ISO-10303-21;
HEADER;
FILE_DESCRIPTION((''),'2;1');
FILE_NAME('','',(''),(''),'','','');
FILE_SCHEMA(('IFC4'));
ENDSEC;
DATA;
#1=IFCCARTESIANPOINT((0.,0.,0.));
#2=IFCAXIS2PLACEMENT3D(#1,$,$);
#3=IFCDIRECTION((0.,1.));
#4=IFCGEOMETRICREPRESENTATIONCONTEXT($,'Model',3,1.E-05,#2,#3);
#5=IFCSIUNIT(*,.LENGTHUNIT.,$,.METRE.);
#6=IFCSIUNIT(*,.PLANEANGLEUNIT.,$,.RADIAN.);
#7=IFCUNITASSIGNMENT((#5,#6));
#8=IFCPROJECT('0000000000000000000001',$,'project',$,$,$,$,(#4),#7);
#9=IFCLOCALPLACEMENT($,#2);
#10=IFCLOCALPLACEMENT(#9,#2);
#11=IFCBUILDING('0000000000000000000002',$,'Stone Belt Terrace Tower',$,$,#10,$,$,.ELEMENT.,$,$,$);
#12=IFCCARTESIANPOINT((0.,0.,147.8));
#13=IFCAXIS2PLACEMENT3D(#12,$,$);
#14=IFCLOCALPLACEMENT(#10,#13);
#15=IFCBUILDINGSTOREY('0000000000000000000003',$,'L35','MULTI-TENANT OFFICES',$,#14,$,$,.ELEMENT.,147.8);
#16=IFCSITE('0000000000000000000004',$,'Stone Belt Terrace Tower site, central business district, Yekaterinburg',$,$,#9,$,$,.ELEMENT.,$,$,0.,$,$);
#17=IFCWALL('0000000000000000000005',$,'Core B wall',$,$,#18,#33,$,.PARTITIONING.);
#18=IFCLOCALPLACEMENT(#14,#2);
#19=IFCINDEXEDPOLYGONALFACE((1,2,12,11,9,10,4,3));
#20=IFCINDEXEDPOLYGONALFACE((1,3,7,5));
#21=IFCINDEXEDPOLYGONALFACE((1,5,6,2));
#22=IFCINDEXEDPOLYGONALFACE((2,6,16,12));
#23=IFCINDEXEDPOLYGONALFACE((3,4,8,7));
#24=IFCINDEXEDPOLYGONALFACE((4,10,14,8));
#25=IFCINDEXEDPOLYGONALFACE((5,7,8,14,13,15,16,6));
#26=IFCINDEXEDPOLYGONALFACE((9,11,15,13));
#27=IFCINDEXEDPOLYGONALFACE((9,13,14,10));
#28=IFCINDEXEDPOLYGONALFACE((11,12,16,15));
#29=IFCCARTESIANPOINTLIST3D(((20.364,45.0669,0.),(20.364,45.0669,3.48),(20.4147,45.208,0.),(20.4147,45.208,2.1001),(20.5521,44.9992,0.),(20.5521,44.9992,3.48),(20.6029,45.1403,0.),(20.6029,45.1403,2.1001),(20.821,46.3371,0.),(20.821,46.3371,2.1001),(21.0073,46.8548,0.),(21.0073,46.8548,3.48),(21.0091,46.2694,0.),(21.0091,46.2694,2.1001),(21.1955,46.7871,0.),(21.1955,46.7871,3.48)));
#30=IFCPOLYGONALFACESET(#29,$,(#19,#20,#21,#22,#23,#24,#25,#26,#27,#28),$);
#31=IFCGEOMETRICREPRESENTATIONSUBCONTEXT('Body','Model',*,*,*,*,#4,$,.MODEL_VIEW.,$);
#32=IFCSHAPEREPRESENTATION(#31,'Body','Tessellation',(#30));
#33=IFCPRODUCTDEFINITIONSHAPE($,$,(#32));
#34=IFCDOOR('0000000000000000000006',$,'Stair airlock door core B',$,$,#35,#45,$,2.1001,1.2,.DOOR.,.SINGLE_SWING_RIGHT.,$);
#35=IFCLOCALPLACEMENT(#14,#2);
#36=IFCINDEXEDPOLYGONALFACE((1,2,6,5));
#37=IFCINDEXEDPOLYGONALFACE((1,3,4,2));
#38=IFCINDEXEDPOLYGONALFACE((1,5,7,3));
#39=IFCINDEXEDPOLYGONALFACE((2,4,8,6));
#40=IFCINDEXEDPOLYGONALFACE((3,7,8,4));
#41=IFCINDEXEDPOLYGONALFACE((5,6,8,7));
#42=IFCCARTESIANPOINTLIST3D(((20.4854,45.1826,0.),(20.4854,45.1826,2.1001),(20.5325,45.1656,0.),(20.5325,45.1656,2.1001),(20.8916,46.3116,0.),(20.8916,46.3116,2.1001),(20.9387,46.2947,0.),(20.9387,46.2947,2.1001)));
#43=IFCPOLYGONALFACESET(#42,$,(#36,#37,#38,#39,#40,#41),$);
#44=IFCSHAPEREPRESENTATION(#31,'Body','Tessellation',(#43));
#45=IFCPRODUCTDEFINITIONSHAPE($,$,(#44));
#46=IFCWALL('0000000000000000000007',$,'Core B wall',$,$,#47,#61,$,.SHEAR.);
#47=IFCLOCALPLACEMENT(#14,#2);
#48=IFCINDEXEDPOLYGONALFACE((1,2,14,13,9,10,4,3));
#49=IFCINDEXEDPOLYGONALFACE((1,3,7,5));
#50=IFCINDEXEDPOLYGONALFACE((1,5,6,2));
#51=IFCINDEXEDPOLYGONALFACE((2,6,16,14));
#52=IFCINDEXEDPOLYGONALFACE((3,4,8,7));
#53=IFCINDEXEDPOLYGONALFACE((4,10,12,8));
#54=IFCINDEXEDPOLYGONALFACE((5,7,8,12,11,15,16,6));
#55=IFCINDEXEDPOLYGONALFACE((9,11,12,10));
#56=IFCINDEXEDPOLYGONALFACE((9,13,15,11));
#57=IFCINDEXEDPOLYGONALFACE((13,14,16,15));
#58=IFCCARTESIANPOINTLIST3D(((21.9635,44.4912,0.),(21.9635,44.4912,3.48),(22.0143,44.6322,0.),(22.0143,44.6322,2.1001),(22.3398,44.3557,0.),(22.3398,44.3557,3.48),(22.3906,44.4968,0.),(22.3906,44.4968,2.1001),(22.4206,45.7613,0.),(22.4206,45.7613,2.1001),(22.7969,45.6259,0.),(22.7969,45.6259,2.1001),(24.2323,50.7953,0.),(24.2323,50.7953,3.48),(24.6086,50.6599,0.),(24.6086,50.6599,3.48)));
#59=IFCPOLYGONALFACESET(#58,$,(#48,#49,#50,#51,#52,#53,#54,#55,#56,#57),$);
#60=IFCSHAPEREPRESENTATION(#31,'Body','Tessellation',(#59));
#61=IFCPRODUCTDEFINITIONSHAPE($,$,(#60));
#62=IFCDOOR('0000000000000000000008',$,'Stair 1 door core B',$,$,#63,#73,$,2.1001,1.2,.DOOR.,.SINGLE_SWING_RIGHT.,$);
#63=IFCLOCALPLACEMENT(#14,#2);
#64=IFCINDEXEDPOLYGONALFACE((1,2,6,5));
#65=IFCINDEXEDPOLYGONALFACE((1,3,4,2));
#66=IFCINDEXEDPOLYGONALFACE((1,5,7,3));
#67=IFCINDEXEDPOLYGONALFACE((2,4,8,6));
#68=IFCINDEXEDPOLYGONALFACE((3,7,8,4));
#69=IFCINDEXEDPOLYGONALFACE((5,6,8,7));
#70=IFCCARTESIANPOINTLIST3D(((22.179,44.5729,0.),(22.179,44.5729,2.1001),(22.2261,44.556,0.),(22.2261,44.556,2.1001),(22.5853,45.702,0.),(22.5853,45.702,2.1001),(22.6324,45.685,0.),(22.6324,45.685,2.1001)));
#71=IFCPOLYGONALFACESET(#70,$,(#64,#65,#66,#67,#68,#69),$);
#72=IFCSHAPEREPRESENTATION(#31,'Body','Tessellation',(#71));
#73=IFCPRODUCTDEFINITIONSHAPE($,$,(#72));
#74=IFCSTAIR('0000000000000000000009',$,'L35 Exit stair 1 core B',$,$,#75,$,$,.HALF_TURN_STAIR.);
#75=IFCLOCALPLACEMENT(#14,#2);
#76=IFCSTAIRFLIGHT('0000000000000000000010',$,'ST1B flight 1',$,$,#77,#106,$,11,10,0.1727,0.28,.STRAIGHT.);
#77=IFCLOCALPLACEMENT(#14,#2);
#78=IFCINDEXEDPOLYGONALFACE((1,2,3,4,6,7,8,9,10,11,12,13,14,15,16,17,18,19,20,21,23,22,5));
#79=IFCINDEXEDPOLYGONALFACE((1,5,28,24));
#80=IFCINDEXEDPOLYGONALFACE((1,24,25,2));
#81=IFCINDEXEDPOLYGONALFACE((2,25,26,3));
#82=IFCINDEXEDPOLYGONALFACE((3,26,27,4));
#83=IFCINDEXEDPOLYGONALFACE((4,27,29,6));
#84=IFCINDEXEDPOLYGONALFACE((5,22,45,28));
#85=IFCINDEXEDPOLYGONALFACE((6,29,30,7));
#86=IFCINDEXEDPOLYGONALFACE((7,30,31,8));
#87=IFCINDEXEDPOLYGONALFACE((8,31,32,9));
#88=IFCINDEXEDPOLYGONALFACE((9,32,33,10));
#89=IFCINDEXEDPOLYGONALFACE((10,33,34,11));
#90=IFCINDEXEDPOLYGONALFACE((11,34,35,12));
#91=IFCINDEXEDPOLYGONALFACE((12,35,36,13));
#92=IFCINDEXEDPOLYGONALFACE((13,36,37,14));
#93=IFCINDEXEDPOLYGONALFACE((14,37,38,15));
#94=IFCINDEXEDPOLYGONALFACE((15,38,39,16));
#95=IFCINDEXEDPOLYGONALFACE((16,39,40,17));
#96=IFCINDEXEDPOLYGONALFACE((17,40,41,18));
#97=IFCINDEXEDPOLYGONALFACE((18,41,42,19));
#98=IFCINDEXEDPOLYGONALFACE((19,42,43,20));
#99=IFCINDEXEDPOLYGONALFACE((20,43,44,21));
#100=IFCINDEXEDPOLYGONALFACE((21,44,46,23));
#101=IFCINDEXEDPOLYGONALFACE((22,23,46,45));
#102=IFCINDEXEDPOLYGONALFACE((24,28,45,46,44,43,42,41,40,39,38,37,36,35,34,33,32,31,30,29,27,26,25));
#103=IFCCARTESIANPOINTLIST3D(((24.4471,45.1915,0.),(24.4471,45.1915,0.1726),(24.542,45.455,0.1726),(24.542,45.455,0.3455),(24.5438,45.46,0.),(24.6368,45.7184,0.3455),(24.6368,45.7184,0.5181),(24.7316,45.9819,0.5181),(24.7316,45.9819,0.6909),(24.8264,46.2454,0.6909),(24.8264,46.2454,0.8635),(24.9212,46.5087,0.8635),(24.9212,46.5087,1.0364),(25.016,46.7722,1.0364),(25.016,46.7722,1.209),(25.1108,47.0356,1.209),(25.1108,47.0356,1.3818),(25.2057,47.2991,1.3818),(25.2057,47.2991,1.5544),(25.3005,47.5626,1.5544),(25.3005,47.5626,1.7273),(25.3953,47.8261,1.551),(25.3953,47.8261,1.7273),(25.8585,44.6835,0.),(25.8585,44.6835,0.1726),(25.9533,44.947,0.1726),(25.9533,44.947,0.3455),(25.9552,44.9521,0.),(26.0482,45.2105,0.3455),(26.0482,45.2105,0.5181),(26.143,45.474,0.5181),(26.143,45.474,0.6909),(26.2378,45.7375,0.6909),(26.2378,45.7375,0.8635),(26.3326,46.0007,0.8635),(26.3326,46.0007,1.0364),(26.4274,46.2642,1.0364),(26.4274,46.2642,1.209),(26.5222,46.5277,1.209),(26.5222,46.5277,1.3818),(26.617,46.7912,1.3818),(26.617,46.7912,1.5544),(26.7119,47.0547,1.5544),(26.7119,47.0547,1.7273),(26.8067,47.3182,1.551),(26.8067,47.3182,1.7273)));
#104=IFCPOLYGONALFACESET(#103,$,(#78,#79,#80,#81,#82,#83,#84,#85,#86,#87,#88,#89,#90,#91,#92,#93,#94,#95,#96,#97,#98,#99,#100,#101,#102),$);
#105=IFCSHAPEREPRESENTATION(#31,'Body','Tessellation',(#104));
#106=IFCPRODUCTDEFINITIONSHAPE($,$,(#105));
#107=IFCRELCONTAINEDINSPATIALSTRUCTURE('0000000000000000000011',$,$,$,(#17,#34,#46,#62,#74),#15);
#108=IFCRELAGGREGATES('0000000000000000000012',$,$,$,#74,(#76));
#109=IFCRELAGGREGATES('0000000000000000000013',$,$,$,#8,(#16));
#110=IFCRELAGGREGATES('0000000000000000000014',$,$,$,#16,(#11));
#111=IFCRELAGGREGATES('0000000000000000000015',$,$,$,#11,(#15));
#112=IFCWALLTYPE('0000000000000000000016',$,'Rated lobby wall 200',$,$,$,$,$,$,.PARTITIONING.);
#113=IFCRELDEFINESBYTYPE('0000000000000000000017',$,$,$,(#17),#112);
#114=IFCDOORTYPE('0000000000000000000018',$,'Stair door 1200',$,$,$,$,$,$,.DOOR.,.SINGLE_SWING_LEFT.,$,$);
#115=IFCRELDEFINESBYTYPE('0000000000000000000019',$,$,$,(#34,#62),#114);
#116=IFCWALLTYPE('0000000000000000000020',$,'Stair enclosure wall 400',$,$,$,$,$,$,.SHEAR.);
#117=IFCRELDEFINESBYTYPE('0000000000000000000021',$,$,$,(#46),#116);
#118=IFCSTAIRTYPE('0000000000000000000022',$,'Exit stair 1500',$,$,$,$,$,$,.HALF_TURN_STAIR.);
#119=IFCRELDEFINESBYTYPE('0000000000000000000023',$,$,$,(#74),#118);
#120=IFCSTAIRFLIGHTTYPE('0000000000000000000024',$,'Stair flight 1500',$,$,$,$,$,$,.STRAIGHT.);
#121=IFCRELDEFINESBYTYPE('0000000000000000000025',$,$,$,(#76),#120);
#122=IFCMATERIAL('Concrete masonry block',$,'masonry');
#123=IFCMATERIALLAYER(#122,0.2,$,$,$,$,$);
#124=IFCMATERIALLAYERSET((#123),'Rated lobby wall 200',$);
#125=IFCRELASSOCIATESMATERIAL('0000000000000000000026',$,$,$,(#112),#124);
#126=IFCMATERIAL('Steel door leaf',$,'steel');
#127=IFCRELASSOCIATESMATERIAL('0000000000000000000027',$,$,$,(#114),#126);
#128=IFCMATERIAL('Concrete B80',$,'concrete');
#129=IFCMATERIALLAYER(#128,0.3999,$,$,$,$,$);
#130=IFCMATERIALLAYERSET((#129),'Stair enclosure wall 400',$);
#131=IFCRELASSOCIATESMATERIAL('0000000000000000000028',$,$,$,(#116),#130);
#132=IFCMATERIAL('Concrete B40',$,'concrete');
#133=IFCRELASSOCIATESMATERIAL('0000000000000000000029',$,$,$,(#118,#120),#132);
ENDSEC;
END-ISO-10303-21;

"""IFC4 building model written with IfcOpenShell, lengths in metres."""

from ifc_helpers import new_model, si_unit, direction, frame, frame_2d, origin, place, context, subcontext, project, spatial, polyline, rectangle, outline, extrude, material, layer, layer_set, type_object, element, fill, aggregate, save


model = new_model("IFC4")

# Units and contexts
model_context = context("Model", 3, precision=1e-05, world=origin(), true_north=direction((0.0, 1.0)))
body_context = subcontext(model_context, "Body", "Model", "MODEL_VIEW")
ifc_project = project(units=[si_unit("LENGTHUNIT", "METRE"), si_unit("PLANEANGLEUNIT", "RADIAN")], contexts=[model_context])

# Site, building, storey
site_placement = place(None, origin())
site = spatial("IfcSite", under=ifc_project, at=site_placement, Name="Stone Belt Terrace Tower site, central business district, Yekaterinburg", CompositionType="ELEMENT", RefElevation=0.0)
building_placement = place(site_placement, origin())
building = spatial("IfcBuilding", under=site, at=building_placement, Name="Stone Belt Terrace Tower", CompositionType="ELEMENT")
storey_placement = place(building_placement, frame((0.0, 0.0, 147.8)))
storey = spatial("IfcBuildingStorey", under=building, at=storey_placement, Name="L35", Description="MULTI-TENANT OFFICES", CompositionType="ELEMENT", Elevation=147.8)

# Shared definitions
ifc_material_1 = material(Name="Concrete B80", Category="concrete")

# Walls, openings, doors
ifc_material_2 = material(Name="Concrete masonry block", Category="masonry")
ifc_layer_1 = layer(ifc_material_2, 0.2)
ifc_layer_set_1 = layer_set([ifc_layer_1], Name="Rated lobby wall 200")
wall_type_1 = type_object("IfcWallType", Name="Rated lobby wall 200", PredefinedType="PARTITIONING", material=ifc_layer_set_1)
wall_1_placement = place(storey_placement, frame((20.458, 45.033, 0.0), z_axis=(0.0, 0.0, 1.0), x_axis=(0.338574, 0.94094, 0.0)))
wall_1 = element("IfcWall", 1, at=wall_1_placement, inside=storey, type_object=wall_type_1, Name="Core B wall", PredefinedType="PARTITIONING", context=body_context, shape_type="SweptSolid", body=[
    extrude(rectangle(XDim=1.9001, YDim=0.2, at=frame_2d((0.9502, 0.0))), origin(), (0.0, 0.0, 1.0), 3.48),
])
opening_1_placement = place(wall_1_placement, frame((0.1499, 0.0, 0.0)))
opening_1 = element("IfcOpeningElement", 2, at=opening_1_placement, cuts=wall_1, PredefinedType="OPENING", context=body_context, shape_type="SweptSolid", body=[
    extrude(rectangle(XDim=1.2, YDim=2.1001, at=frame_2d((0.6001, 1.05))), frame((0.0, 0.1099, 0.0), z_axis=(0.0, -1.0, 0.0), x_axis=(1.0, 0.0, 0.0)), (0.0, 0.0, 1.0), 0.22),
])
ifc_material_3 = material(Name="Steel door leaf", Category="steel")
door_type_1 = type_object("IfcDoorType", Name="Stair door 1200", OperationType="SINGLE_SWING_LEFT", PredefinedType="DOOR", material=ifc_material_3)
door_1_placement = place(opening_1_placement, origin())
door_1 = element("IfcDoor", 3, at=door_1_placement, inside=storey, type_object=door_type_1, Name="Stair airlock door core B", OperationType="SINGLE_SWING_RIGHT", OverallHeight=2.1001, OverallWidth=1.2, PredefinedType="DOOR", context=body_context, shape_type="SweptSolid", body=[
    extrude(rectangle(XDim=1.2, YDim=2.1001, at=frame_2d((0.6001, 1.05))), frame((0.0, 0.0249, 0.0), z_axis=(0.0, -1.0, 0.0), x_axis=(1.0, 0.0, 0.0)), (0.0, 0.0, 1.0), 0.05),
])
fill(opening_1, door_1)
ifc_layer_2 = layer(ifc_material_1, 0.3999)
ifc_layer_set_2 = layer_set([ifc_layer_2], Name="Stair enclosure wall 400")
wall_type_2 = type_object("IfcWallType", Name="Stair enclosure wall 400", PredefinedType="SHEAR", material=ifc_layer_set_2)
wall_2_placement = place(storey_placement, frame((22.1516, 44.4233, 0.0), z_axis=(0.0, 0.0, 1.0), x_axis=(0.338625, 0.940921, 0.0)))
wall_2 = element("IfcWall", 4, at=wall_2_placement, inside=storey, type_object=wall_type_2, Name="Core B wall", PredefinedType="SHEAR", context=body_context, shape_type="SweptSolid", body=[
    extrude(rectangle(XDim=6.7, YDim=0.3999, at=frame_2d((3.3501, 0.0))), origin(), (0.0, 0.0, 1.0), 3.48),
])
opening_2_placement = place(wall_2_placement, frame((0.1499, 0.0, 0.0)))
opening_2 = element("IfcOpeningElement", 5, at=opening_2_placement, cuts=wall_2, PredefinedType="OPENING", context=body_context, shape_type="SweptSolid", body=[
    extrude(rectangle(XDim=1.2, YDim=2.1001, at=frame_2d((0.6001, 1.05))), frame((0.0, 0.21, 0.0), z_axis=(0.0, -1.0, 0.0), x_axis=(1.0, 0.0, 0.0)), (0.0, 0.0, 1.0), 0.4199),
])
door_2_placement = place(opening_2_placement, origin())
door_2 = element("IfcDoor", 6, at=door_2_placement, inside=storey, type_object=door_type_1, Name="Stair 1 door core B", OperationType="SINGLE_SWING_RIGHT", OverallHeight=2.1001, OverallWidth=1.2, PredefinedType="DOOR", context=body_context, shape_type="SweptSolid", body=[
    extrude(rectangle(XDim=1.2, YDim=2.1001, at=frame_2d((0.6001, 1.05))), frame((0.0, 0.0249, 0.0), z_axis=(0.0, -1.0, 0.0), x_axis=(1.0, 0.0, 0.0)), (0.0, 0.0, 1.0), 0.05),
])
fill(opening_2, door_2)

# Stair, stair flight
ifc_material_4 = material(Name="Concrete B40", Category="concrete")
stair_type = type_object("IfcStairType", Name="Exit stair 1500", PredefinedType="HALF_TURN_STAIR", material=ifc_material_4)
stair_placement = place(storey_placement, origin())
stair = element("IfcStair", 7, at=stair_placement, inside=storey, type_object=stair_type, Name="L35 Exit stair 1 core B", PredefinedType="HALF_TURN_STAIR")
stair_flight_type = type_object("IfcStairFlightType", Name="Stair flight 1500", PredefinedType="STRAIGHT", material=ifc_material_4)
stair_flight_placement = place(storey_placement, frame((25.1528, 44.9375, 0.0), z_axis=(0.0, 0.0, 1.0), x_axis=(0.338624, 0.940922, 0.0)))
stair_flight = element("IfcStairFlight", 8, at=stair_flight_placement, type_object=stair_flight_type, Name="ST1B flight 1", NumberOfRisers=11, NumberOfTreads=10, PredefinedType="STRAIGHT", RiserHeight=0.1727, TreadLength=0.28, context=body_context, shape_type="SweptSolid", body=[
    extrude(outline(polyline([(0.0, 0.0), (0.0, 0.1726), (0.28, 0.1726), (0.28, 0.3455), (0.5601, 0.3455), (0.5601, 0.5181), (0.8401, 0.5181), (0.8401, 0.6909), (1.1201, 0.6909), (1.1201, 0.8635), (1.3999, 0.8635), (1.3999, 1.0364), (1.6799, 1.0364), (1.6799, 1.209), (1.96, 1.209), (1.96, 1.3818), (2.24, 1.3818), (2.24, 1.5544), (2.52, 1.5544), (2.52, 1.7273), (2.8, 1.7273), (2.8, 1.8999), (2.8, 1.551), (0.2854, 0.0), (0.0, 0.0)])), frame((0.0, 0.75, 0.0), z_axis=(0.0, -1.0, 0.0), x_axis=(1.0, 0.0, 0.0)), (0.0, 0.0, 1.0), 1.5),
])
aggregate(stair, [stair_flight])

save(model, "model.ifc")
